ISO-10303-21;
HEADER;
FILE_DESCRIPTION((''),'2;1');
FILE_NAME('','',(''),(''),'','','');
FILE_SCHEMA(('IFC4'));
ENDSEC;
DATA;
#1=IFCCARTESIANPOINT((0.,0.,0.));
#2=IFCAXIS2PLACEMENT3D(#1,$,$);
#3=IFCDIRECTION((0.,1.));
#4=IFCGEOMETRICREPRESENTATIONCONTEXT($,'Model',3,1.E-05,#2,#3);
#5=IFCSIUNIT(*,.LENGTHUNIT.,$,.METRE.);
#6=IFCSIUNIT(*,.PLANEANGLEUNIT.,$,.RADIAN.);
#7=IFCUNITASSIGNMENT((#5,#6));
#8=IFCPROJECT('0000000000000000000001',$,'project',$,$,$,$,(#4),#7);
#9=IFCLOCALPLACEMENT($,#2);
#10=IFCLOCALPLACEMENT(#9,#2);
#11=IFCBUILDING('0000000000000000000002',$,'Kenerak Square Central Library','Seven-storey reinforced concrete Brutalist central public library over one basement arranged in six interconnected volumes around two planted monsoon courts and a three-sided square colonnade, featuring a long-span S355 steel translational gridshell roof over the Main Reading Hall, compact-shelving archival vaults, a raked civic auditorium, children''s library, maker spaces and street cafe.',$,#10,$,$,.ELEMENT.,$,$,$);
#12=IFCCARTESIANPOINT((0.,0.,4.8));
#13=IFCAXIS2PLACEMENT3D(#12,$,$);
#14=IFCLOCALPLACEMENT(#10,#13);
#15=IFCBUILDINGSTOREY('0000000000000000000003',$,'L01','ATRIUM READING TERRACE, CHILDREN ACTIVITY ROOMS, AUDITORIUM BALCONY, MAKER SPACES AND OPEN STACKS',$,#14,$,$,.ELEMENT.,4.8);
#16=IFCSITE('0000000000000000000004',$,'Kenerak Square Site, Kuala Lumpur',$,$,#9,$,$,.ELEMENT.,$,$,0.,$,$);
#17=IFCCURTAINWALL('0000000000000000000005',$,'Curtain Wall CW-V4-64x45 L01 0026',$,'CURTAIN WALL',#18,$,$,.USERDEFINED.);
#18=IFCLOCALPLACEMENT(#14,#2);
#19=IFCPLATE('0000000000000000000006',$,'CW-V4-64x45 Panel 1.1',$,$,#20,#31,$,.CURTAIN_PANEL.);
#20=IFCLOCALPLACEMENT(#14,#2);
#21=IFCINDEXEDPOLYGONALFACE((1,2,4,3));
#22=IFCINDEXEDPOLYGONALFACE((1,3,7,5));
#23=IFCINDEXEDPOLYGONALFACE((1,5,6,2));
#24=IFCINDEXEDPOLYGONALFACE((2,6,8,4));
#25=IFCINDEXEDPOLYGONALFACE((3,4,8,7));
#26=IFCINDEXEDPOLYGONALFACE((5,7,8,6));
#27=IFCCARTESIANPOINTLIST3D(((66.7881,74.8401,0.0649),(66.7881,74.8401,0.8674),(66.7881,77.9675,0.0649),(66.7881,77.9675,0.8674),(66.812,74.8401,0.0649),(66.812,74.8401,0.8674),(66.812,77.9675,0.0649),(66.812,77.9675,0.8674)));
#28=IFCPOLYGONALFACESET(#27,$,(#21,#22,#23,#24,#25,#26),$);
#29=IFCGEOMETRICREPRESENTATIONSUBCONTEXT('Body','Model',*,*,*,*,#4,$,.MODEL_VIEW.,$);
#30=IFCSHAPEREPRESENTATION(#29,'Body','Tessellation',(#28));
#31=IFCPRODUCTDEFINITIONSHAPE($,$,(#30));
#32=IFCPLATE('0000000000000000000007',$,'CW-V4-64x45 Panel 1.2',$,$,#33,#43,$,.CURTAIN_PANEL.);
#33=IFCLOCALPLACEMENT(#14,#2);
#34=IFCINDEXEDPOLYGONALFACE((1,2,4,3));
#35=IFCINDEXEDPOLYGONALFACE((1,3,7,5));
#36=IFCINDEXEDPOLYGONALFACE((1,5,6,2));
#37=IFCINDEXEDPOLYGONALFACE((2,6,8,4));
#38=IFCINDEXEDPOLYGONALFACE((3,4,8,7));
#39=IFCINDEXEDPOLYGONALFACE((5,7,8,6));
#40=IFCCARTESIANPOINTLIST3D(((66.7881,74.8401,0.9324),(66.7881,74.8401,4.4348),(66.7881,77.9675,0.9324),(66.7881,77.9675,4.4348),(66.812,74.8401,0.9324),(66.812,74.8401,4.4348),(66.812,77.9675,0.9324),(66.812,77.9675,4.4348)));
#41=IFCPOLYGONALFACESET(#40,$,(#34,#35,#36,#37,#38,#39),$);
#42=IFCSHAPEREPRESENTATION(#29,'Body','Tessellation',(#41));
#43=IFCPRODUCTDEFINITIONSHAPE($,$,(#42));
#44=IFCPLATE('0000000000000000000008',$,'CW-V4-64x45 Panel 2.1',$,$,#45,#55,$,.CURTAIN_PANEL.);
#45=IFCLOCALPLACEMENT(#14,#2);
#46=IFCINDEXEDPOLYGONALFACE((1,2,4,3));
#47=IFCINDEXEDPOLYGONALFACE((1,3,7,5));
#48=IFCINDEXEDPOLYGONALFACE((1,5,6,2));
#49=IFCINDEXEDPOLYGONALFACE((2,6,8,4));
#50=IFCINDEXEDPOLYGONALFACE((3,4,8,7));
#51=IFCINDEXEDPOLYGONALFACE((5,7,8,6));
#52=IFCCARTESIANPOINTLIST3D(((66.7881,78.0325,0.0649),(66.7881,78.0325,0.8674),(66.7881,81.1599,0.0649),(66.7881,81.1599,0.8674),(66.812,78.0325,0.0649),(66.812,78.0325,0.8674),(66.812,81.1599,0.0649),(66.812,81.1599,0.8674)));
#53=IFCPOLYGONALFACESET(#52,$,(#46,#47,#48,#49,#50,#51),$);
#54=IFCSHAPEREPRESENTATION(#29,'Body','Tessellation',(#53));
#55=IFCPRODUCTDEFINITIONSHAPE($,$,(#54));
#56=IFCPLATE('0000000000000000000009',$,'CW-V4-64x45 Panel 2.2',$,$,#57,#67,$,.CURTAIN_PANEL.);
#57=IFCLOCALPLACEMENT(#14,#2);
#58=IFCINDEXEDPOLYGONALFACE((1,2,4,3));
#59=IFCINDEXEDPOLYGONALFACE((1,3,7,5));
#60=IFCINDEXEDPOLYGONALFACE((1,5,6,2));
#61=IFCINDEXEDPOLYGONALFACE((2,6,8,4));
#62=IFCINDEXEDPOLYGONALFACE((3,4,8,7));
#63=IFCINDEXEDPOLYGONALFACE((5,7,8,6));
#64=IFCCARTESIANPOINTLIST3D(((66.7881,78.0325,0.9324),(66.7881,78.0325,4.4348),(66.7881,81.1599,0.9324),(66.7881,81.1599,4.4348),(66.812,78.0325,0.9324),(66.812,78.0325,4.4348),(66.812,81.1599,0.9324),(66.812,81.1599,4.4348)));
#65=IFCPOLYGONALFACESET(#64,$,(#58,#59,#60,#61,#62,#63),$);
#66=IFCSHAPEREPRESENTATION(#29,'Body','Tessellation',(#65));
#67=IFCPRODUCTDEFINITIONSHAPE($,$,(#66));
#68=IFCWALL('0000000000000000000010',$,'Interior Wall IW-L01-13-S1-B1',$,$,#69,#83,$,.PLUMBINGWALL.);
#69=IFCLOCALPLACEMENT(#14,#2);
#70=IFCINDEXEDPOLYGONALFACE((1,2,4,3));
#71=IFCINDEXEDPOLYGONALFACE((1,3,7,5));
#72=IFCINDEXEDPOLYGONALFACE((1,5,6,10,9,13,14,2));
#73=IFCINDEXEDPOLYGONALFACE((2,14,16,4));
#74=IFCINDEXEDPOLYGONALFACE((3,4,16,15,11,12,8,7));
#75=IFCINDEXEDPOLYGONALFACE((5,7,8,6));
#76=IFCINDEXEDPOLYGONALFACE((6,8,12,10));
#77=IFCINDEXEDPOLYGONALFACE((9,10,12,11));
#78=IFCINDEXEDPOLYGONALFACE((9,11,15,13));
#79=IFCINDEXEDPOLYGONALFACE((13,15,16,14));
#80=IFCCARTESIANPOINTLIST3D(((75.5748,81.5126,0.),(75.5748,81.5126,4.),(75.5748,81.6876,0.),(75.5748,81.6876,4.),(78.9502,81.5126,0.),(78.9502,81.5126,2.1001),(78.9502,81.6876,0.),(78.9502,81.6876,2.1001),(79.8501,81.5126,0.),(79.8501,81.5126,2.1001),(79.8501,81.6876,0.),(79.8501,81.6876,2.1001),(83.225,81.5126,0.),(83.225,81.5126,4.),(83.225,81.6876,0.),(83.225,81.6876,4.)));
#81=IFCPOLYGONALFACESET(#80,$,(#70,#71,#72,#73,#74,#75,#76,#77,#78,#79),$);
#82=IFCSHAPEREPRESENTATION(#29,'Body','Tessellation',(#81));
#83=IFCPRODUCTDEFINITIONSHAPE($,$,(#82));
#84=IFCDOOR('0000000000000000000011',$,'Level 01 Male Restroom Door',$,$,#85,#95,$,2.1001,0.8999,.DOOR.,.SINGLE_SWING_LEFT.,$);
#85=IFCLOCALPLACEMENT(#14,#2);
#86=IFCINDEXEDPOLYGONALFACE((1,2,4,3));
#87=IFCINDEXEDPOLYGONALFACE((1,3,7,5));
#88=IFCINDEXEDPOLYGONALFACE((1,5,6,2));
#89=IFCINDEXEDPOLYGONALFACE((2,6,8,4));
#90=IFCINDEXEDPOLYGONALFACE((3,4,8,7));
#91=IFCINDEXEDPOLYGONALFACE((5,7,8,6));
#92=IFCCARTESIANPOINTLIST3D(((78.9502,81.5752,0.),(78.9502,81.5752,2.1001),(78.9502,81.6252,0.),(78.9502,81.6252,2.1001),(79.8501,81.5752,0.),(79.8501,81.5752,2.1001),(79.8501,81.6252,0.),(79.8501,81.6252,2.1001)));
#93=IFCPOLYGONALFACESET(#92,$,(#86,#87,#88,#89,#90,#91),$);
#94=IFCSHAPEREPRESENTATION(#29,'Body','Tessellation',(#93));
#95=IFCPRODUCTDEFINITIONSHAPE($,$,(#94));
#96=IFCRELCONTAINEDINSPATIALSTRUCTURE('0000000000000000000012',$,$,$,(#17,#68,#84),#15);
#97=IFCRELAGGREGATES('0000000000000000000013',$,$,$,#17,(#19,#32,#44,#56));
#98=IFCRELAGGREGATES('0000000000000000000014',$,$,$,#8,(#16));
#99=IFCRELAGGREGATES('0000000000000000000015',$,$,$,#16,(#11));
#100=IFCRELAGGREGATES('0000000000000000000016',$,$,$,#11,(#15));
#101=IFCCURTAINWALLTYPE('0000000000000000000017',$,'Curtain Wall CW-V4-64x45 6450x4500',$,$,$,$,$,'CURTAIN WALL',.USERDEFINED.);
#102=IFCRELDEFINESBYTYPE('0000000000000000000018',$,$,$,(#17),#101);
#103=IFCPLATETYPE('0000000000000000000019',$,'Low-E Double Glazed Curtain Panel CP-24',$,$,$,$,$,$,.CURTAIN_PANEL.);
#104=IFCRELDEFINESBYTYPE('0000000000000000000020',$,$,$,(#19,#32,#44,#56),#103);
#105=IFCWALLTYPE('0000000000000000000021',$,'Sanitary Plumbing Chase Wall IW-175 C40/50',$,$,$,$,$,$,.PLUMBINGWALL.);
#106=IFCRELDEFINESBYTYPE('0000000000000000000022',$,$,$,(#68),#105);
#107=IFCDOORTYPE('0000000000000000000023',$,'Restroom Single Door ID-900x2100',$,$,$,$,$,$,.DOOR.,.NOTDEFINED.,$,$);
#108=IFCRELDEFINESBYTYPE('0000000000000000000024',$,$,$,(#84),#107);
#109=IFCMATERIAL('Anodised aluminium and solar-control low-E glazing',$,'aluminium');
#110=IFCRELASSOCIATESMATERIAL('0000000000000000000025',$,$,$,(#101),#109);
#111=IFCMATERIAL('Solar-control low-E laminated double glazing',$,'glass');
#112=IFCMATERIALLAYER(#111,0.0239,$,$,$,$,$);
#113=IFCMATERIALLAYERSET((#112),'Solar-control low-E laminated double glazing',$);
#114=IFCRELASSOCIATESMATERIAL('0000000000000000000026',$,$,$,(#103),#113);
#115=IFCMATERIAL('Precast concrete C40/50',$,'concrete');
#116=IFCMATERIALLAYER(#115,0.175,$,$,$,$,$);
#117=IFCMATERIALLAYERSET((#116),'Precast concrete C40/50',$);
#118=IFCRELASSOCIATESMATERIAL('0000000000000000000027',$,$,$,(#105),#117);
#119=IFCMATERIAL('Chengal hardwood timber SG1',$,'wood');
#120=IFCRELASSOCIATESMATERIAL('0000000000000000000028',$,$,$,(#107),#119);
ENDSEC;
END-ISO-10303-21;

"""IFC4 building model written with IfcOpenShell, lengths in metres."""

from ifc_helpers import new_model, si_unit, direction, frame, frame_2d, origin, origin_2d, place, context, subcontext, project, spatial, rectangle, extrude, material, layer, layer_set, type_object, element, fill, aggregate, save


model = new_model("IFC4")

# Units and contexts
model_context = context("Model", 3, precision=1e-05, world=origin(), true_north=direction((0.0, 1.0)))
body_context = subcontext(model_context, "Body", "Model", "MODEL_VIEW")
ifc_project = project(units=[si_unit("LENGTHUNIT", "METRE"), si_unit("PLANEANGLEUNIT", "RADIAN")], contexts=[model_context])

# Site, building, storey
site_placement = place(None, origin())
site = spatial("IfcSite", under=ifc_project, at=site_placement, Name="Kenerak Square Site, Kuala Lumpur", CompositionType="ELEMENT", RefElevation=0.0)
building_placement = place(site_placement, origin())
building = spatial("IfcBuilding", under=site, at=building_placement, Name="Kenerak Square Central Library", Description="Seven-storey reinforced concrete Brutalist central public library over one basement arranged in six interconnected volumes around two planted monsoon courts and a three-sided square colonnade, featuring a long-span S355 steel translational gridshell roof over the Main Reading Hall, compact-shelving archival vaults, a raked civic auditorium, children's library, maker spaces and street cafe.", CompositionType="ELEMENT")
storey_placement = place(building_placement, frame((0.0, 0.0, 4.8)))
storey = spatial("IfcBuildingStorey", under=building, at=storey_placement, Name="L01", Description="ATRIUM READING TERRACE, CHILDREN ACTIVITY ROOMS, AUDITORIUM BALCONY, MAKER SPACES AND OPEN STACKS", CompositionType="ELEMENT", Elevation=4.8)

# Curtain wall
ifc_material_1 = material(Name="Anodised aluminium and solar-control low-E glazing", Category="aluminium")
curtain_wall_type = type_object("IfcCurtainWallType", Name="Curtain Wall CW-V4-64x45 6450x4500", ElementType="CURTAIN WALL", PredefinedType="USERDEFINED", material=ifc_material_1)
curtain_wall_placement = place(storey_placement, origin())
curtain_wall = element("IfcCurtainWall", 1, at=curtain_wall_placement, inside=storey, type_object=curtain_wall_type, Name="Curtain Wall CW-V4-64x45 L01 0026", ObjectType="CURTAIN WALL", PredefinedType="USERDEFINED")

# Plates
ifc_material_2 = material(Name="Solar-control low-E laminated double glazing", Category="glass")
ifc_layer_1 = layer(ifc_material_2, 0.0239)
ifc_layer_set_1 = layer_set([ifc_layer_1], Name="Solar-control low-E laminated double glazing")
plate_type = type_object("IfcPlateType", Name="Low-E Double Glazed Curtain Panel CP-24", PredefinedType="CURTAIN_PANEL", material=ifc_layer_set_1)
plate_1_placement = place(storey_placement, frame((66.8, 76.4038, 0.0649), z_axis=(0.0, 0.0, 1.0), x_axis=(0.0, 1.0, 0.0)))
plate_1 = element("IfcPlate", 2, at=plate_1_placement, type_object=plate_type, Name="CW-V4-64x45 Panel 1.1", PredefinedType="CURTAIN_PANEL", context=body_context, shape_type="SweptSolid", body=[
    extrude(rectangle(XDim=3.1274, YDim=0.0239, at=origin_2d()), origin(), (0.0, 0.0, 1.0), 0.8025),
])
plate_2_placement = place(storey_placement, frame((66.8, 76.4038, 0.9324), z_axis=(0.0, 0.0, 1.0), x_axis=(0.0, 1.0, 0.0)))
plate_2 = element("IfcPlate", 3, at=plate_2_placement, type_object=plate_type, Name="CW-V4-64x45 Panel 1.2", PredefinedType="CURTAIN_PANEL", context=body_context, shape_type="SweptSolid", body=[
    extrude(rectangle(XDim=3.1274, YDim=0.0239, at=origin_2d()), origin(), (0.0, 0.0, 1.0), 3.5024),
])
plate_3_placement = place(storey_placement, frame((66.8, 79.5962, 0.0649), z_axis=(0.0, 0.0, 1.0), x_axis=(0.0, 1.0, 0.0)))
plate_3 = element("IfcPlate", 4, at=plate_3_placement, type_object=plate_type, Name="CW-V4-64x45 Panel 2.1", PredefinedType="CURTAIN_PANEL", context=body_context, shape_type="SweptSolid", body=[
    extrude(rectangle(XDim=3.1274, YDim=0.0239, at=origin_2d()), origin(), (0.0, 0.0, 1.0), 0.8025),
])
plate_4_placement = place(storey_placement, frame((66.8, 79.5962, 0.9324), z_axis=(0.0, 0.0, 1.0), x_axis=(0.0, 1.0, 0.0)))
plate_4 = element("IfcPlate", 5, at=plate_4_placement, type_object=plate_type, Name="CW-V4-64x45 Panel 2.2", PredefinedType="CURTAIN_PANEL", context=body_context, shape_type="SweptSolid", body=[
    extrude(rectangle(XDim=3.1274, YDim=0.0239, at=origin_2d()), origin(), (0.0, 0.0, 1.0), 3.5024),
])
aggregate(curtain_wall, [plate_1, plate_2, plate_3, plate_4])

# Wall, opening, door
ifc_material_3 = material(Name="Precast concrete C40/50", Category="concrete")
ifc_layer_2 = layer(ifc_material_3, 0.175)
ifc_layer_set_2 = layer_set([ifc_layer_2], Name="Precast concrete C40/50")
wall_type = type_object("IfcWallType", Name="Sanitary Plumbing Chase Wall IW-175 C40/50", PredefinedType="PLUMBINGWALL", material=ifc_layer_set_2)
wall_placement = place(storey_placement, frame((83.2251, 81.6001, 0.0), z_axis=(0.0, 0.0, 1.0), x_axis=(-1.0, 0.0, 0.0)))
wall = element("IfcWall", 6, at=wall_placement, inside=storey, type_object=wall_type, Name="Interior Wall IW-L01-13-S1-B1", PredefinedType="PLUMBINGWALL", context=body_context, shape_type="SweptSolid", body=[
    extrude(rectangle(XDim=7.6501, YDim=0.175, at=frame_2d((3.8252, 0.0))), origin(), (0.0, 0.0, 1.0), 4.0),
])
opening_placement = place(wall_placement, frame((3.375, 0.0, 0.0)))
opening = element("IfcOpeningElement", 7, at=opening_placement, cuts=wall, PredefinedType="OPENING", context=body_context, shape_type="SweptSolid", body=[
    extrude(rectangle(XDim=0.8999, YDim=2.1001, at=frame_2d((0.45, 1.05))), frame((0.0, 0.0974, 0.0), z_axis=(0.0, -1.0, 0.0), x_axis=(1.0, 0.0, 0.0)), (0.0, 0.0, 1.0), 0.1951),
])
ifc_material_4 = material(Name="Chengal hardwood timber SG1", Category="wood")
door_type = type_object("IfcDoorType", Name="Restroom Single Door ID-900x2100", OperationType="NOTDEFINED", PredefinedType="DOOR", material=ifc_material_4)
door_placement = place(opening_placement, origin())
door = element("IfcDoor", 8, at=door_placement, inside=storey, type_object=door_type, Name="Level 01 Male Restroom Door", OperationType="SINGLE_SWING_LEFT", OverallHeight=2.1001, OverallWidth=0.8999, PredefinedType="DOOR", context=body_context, shape_type="SweptSolid", body=[
    extrude(rectangle(XDim=0.8999, YDim=2.1001, at=frame_2d((0.45, 1.05))), frame((0.0, 0.0249, 0.0), z_axis=(0.0, -1.0, 0.0), x_axis=(1.0, 0.0, 0.0)), (0.0, 0.0, 1.0), 0.05),
])
fill(opening, door)

save(model, "model.ifc")
